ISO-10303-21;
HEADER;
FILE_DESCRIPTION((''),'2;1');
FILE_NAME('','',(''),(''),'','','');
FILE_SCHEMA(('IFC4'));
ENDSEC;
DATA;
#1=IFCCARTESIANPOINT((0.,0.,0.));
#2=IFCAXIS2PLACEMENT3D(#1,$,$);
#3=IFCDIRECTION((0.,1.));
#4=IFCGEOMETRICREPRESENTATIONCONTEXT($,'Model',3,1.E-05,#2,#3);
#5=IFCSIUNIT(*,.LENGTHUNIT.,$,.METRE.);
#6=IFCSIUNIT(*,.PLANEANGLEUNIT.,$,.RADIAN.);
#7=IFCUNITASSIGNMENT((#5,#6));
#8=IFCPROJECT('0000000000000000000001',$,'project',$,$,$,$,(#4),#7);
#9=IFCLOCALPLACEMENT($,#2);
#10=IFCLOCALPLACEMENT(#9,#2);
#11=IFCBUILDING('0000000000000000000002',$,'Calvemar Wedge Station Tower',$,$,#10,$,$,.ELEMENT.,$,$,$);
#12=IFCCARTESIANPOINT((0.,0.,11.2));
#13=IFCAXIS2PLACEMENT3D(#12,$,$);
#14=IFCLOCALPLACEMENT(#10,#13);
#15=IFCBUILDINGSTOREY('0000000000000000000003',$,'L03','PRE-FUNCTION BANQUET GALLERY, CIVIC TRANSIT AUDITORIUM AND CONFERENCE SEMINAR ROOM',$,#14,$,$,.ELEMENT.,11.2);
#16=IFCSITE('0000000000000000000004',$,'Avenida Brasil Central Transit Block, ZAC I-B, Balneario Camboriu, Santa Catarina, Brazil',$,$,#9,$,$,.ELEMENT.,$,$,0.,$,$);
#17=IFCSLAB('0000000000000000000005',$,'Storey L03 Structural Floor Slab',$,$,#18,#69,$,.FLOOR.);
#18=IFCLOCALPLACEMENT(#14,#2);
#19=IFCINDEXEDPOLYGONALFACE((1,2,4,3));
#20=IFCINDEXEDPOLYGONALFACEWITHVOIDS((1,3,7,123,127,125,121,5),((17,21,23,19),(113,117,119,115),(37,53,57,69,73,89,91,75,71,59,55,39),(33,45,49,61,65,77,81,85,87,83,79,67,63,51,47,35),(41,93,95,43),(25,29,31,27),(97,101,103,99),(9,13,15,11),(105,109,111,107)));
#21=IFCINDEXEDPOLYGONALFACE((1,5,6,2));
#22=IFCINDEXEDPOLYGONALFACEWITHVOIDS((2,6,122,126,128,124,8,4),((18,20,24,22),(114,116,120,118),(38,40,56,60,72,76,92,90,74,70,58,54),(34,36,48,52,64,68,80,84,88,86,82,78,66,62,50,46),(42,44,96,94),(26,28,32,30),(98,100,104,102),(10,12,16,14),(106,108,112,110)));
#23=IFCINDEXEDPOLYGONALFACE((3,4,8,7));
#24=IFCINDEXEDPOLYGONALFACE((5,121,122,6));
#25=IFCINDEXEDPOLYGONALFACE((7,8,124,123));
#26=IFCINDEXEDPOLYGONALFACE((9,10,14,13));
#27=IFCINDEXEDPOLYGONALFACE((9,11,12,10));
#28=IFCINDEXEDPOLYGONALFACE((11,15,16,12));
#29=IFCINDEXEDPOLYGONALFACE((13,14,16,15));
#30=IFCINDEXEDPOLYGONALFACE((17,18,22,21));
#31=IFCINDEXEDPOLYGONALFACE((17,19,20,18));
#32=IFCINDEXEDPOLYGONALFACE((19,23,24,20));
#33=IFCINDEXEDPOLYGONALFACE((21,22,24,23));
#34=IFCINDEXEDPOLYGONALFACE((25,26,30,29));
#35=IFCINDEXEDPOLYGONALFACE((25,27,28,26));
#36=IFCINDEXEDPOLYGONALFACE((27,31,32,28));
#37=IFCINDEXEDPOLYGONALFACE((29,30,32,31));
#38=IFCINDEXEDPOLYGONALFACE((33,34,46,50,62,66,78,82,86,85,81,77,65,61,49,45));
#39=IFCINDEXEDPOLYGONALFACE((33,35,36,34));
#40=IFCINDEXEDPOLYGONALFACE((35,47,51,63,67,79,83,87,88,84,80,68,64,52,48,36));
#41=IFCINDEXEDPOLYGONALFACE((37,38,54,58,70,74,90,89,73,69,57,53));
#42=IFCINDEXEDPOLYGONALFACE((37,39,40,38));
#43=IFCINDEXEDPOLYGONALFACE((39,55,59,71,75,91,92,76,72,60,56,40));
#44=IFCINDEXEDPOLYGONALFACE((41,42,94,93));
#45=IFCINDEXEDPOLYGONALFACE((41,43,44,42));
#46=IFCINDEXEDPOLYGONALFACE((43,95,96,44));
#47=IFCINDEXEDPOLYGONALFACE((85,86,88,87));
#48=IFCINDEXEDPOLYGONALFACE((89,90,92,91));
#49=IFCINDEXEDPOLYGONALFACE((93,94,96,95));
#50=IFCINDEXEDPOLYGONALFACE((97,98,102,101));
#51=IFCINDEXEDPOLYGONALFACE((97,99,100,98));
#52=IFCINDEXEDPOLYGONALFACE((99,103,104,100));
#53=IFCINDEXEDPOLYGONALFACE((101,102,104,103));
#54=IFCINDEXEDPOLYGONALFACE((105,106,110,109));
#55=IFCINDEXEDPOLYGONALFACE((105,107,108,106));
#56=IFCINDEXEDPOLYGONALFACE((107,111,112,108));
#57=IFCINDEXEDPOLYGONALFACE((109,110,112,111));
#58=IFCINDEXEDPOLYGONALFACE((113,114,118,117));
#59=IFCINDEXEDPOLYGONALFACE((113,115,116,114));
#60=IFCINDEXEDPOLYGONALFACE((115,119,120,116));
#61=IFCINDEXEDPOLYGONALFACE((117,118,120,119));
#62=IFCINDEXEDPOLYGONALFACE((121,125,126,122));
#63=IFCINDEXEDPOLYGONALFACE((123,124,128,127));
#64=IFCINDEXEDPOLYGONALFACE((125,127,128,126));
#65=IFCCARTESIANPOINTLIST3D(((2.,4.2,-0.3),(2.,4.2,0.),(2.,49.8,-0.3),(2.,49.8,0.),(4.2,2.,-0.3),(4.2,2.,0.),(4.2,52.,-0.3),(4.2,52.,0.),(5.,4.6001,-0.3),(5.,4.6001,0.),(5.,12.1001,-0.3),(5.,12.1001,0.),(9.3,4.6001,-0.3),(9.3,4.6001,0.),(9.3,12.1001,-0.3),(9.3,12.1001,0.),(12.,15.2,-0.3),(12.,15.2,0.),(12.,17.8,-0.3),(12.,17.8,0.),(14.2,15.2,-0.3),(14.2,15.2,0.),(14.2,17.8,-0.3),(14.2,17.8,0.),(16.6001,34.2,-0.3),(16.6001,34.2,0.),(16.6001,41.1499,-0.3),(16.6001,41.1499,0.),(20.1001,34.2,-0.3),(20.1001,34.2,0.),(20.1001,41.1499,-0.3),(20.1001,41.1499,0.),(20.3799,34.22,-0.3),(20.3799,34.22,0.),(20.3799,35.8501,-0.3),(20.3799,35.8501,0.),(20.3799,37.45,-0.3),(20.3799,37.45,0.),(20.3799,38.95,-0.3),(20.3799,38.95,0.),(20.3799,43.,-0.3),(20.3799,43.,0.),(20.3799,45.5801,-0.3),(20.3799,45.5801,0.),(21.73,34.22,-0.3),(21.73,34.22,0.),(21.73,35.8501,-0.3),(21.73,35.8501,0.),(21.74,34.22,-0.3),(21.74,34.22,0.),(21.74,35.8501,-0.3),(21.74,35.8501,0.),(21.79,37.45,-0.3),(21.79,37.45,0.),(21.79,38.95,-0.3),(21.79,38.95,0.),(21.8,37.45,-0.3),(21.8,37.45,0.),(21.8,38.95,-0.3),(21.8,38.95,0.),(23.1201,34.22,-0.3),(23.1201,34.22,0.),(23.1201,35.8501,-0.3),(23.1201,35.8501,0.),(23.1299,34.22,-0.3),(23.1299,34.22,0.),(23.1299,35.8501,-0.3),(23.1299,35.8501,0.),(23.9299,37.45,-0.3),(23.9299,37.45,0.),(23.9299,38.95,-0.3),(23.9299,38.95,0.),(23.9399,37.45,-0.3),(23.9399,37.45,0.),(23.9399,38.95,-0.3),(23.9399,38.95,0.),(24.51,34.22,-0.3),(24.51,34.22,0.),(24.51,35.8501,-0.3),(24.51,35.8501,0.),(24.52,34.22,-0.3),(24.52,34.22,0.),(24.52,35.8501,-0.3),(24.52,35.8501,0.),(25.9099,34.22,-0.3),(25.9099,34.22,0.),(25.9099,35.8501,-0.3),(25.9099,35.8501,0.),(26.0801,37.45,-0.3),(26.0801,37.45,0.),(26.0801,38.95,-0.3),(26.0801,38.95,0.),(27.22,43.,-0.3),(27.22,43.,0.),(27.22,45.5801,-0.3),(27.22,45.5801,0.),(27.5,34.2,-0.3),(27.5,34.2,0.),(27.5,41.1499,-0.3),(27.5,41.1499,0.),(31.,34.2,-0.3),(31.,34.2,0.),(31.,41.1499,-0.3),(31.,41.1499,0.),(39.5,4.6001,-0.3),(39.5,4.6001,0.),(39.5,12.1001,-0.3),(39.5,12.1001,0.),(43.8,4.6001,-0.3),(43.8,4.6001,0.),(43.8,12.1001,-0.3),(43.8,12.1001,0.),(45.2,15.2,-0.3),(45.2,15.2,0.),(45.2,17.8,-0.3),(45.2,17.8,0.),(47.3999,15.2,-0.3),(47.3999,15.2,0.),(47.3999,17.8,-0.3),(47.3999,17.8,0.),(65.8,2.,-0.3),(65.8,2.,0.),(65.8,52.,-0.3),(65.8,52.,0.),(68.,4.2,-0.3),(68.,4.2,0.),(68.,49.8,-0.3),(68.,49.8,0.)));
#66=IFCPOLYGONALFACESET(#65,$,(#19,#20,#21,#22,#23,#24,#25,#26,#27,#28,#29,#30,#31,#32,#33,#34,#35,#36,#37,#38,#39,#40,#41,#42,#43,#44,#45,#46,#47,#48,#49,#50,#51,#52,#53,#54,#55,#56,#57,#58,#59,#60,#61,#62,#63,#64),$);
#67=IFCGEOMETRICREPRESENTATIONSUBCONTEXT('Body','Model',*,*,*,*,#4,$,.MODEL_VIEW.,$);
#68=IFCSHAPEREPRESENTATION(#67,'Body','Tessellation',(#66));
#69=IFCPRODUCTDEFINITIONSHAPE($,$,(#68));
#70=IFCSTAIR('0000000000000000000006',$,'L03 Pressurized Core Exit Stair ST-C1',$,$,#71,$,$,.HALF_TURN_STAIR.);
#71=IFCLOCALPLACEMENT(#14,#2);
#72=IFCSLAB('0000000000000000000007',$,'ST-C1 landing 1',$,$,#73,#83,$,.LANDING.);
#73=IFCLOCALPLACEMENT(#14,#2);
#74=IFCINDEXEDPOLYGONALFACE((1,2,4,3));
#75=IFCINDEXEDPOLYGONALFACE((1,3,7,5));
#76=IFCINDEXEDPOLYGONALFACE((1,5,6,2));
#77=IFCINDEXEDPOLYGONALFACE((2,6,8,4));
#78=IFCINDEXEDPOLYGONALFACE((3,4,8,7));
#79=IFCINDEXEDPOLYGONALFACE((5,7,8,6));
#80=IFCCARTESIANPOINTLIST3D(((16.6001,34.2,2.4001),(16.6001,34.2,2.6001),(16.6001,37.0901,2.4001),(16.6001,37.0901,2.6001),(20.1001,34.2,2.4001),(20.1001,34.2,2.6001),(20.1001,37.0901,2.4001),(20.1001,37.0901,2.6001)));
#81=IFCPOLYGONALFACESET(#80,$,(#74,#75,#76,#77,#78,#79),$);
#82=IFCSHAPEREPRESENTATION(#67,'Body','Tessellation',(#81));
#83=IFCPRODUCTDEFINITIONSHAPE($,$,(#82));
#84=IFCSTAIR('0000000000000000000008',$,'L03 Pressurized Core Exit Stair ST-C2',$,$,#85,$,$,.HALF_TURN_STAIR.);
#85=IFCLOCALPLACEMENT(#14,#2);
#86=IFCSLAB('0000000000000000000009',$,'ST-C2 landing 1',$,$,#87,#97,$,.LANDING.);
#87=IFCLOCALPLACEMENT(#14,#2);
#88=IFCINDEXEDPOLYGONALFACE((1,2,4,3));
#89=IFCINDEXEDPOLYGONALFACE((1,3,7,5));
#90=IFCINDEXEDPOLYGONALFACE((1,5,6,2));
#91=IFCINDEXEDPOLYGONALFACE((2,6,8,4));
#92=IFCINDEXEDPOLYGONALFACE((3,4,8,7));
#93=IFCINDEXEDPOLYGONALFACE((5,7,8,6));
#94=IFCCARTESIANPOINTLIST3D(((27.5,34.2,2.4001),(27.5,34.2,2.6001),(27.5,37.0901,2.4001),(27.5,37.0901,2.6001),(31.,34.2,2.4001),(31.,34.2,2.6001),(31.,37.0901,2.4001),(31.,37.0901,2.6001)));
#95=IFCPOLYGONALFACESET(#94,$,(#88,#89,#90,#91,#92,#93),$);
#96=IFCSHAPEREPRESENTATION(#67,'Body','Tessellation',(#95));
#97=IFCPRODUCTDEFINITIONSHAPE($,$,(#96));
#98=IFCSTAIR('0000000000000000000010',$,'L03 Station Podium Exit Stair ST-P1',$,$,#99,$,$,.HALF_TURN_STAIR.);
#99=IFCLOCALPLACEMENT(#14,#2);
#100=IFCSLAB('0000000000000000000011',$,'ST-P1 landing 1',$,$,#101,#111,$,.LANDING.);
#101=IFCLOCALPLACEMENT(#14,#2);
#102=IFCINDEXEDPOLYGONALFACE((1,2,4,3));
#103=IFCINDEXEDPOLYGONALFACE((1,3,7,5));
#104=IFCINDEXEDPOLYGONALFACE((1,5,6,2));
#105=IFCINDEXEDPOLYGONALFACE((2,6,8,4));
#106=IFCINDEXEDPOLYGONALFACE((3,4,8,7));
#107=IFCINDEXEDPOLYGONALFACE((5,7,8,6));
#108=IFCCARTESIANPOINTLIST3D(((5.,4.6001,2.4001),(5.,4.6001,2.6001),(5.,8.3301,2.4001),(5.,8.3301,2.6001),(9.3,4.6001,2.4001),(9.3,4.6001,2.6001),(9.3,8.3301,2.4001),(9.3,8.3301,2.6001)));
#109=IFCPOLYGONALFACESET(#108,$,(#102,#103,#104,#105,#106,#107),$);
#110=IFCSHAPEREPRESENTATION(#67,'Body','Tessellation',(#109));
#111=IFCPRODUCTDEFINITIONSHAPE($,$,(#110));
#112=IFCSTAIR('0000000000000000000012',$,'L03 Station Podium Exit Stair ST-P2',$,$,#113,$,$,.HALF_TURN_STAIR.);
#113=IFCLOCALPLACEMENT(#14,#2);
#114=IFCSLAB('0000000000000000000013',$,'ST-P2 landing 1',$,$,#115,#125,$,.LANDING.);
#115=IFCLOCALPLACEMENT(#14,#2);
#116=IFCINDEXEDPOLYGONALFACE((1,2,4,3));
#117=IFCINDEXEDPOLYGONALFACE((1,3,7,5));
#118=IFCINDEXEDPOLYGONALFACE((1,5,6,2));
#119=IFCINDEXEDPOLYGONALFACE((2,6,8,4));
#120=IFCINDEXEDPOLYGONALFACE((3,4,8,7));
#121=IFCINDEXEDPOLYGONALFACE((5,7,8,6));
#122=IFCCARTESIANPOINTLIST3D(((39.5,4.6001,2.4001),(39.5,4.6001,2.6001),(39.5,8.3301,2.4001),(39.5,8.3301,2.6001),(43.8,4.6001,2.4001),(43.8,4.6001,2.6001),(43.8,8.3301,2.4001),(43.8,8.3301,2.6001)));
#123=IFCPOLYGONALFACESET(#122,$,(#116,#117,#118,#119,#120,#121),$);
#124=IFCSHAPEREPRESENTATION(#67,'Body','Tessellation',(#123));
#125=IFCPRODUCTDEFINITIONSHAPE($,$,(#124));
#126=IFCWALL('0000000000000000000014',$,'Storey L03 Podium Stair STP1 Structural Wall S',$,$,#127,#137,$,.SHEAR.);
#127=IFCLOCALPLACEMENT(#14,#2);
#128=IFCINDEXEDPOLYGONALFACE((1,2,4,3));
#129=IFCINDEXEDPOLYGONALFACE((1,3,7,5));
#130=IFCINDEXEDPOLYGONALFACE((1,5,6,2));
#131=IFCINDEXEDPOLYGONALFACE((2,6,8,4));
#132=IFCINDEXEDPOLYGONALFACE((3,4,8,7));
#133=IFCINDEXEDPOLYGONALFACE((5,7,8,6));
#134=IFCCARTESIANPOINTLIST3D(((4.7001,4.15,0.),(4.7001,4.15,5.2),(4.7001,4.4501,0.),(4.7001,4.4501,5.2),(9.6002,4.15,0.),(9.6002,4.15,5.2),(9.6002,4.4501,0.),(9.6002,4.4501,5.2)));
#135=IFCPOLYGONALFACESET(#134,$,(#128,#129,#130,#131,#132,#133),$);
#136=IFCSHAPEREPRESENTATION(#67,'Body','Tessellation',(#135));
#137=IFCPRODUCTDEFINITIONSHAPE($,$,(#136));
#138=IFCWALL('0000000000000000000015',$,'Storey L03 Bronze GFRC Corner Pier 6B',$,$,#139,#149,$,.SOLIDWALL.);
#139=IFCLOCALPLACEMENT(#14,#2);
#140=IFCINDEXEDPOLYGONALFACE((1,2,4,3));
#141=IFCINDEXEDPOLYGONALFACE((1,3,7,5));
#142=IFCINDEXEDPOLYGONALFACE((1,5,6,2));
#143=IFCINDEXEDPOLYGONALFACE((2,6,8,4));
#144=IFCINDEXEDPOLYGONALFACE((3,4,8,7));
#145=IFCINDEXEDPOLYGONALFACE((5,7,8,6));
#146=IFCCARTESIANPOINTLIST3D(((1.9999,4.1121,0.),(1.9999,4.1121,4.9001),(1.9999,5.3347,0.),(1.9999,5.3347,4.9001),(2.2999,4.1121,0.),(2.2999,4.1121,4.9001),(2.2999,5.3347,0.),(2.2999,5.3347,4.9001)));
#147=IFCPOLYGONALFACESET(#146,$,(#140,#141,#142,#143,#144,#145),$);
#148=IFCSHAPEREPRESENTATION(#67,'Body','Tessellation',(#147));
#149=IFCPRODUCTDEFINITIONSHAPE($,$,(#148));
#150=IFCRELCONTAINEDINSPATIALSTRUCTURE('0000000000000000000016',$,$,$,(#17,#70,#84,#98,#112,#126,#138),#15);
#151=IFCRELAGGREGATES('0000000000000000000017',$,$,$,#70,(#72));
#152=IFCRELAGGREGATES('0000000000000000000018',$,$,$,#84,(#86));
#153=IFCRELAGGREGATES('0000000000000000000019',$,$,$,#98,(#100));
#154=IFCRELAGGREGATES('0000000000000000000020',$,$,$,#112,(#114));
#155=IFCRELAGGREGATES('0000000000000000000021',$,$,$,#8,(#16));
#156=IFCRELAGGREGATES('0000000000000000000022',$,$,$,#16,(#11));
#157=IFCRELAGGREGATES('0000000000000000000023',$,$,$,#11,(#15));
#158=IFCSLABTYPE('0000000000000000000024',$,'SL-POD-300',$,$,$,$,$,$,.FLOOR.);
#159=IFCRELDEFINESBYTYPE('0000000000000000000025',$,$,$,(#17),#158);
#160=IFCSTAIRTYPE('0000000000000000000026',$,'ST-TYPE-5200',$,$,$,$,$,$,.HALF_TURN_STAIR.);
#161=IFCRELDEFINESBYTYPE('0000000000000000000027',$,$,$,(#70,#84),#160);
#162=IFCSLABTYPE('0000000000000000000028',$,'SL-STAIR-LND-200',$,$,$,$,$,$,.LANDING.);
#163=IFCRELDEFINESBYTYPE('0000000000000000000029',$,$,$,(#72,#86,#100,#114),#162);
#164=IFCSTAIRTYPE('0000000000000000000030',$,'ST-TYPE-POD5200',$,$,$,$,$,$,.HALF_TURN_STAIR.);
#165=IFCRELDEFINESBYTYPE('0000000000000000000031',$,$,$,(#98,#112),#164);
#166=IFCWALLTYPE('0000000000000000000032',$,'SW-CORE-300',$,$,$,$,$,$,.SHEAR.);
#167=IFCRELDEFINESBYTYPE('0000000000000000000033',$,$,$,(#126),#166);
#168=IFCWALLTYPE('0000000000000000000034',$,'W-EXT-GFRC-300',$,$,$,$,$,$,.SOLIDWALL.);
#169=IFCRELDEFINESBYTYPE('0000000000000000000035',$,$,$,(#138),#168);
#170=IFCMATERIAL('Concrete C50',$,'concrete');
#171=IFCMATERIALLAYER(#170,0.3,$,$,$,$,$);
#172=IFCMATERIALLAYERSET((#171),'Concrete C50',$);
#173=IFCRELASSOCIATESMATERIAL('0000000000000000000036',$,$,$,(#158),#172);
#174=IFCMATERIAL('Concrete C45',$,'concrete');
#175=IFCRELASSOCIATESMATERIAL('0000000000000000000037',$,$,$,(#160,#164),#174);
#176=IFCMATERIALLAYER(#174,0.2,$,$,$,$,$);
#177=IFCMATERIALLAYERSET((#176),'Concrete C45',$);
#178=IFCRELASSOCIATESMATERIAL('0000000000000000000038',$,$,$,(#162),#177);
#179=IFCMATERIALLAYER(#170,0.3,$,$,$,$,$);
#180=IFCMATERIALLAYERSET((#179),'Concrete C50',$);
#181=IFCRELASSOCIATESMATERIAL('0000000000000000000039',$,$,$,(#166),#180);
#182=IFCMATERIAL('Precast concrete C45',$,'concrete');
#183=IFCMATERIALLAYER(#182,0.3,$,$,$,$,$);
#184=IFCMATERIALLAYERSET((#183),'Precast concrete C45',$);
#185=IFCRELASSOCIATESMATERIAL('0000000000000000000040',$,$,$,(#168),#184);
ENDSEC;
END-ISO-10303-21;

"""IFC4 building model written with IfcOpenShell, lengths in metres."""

from ifc_helpers import new_model, si_unit, direction, frame, frame_2d, origin, place, context, subcontext, project, spatial, polyline, rectangle, outline, extrude, material, layer, layer_set, type_object, element, aggregate, save


model = new_model("IFC4")

# Units and contexts
model_context = context("Model", 3, precision=1e-05, world=origin(), true_north=direction((0.0, 1.0)))
body_context = subcontext(model_context, "Body", "Model", "MODEL_VIEW")
ifc_project = project(units=[si_unit("LENGTHUNIT", "METRE"), si_unit("PLANEANGLEUNIT", "RADIAN")], contexts=[model_context])

# Site, building, storey
site_placement = place(None, origin())
site = spatial("IfcSite", under=ifc_project, at=site_placement, Name="Avenida Brasil Central Transit Block, ZAC I-B, Balneario Camboriu, Santa Catarina, Brazil", CompositionType="ELEMENT", RefElevation=0.0)
building_placement = place(site_placement, origin())
building = spatial("IfcBuilding", under=site, at=building_placement, Name="Calvemar Wedge Station Tower", CompositionType="ELEMENT")
storey_placement = place(building_placement, frame((0.0, 0.0, 11.2)))
storey = spatial("IfcBuildingStorey", under=building, at=storey_placement, Name="L03", Description="PRE-FUNCTION BANQUET GALLERY, CIVIC TRANSIT AUDITORIUM AND CONFERENCE SEMINAR ROOM", CompositionType="ELEMENT", Elevation=11.2)

# Shared definitions
ifc_material_1 = material(Name="Concrete C50", Category="concrete")

# Slab
ifc_layer_1 = layer(ifc_material_1, 0.3)
ifc_layer_set_1 = layer_set([ifc_layer_1], Name="Concrete C50")
slab_type_1 = type_object("IfcSlabType", Name="SL-POD-300", PredefinedType="FLOOR", material=ifc_layer_set_1)
slab_1_placement = place(storey_placement, frame((0.0, 0.0, -0.3)))
element("IfcSlab", 1, at=slab_1_placement, inside=storey, type_object=slab_type_1, Name="Storey L03 Structural Floor Slab", PredefinedType="FLOOR", context=body_context, shape_type="SweptSolid", body=[
    extrude(outline(polyline([(4.2, 2.0), (65.8, 2.0), (68.0, 4.2), (68.0, 49.8), (65.8, 52.0), (4.2, 52.0), (2.0, 49.8), (2.0, 4.2), (4.2, 2.0)]), holes=[polyline([(5.0, 4.6001), (9.3, 4.6001), (9.3, 12.1001), (5.0, 12.1001), (5.0, 4.6001)]), polyline([(12.0, 15.2), (14.2, 15.2), (14.2, 17.8), (12.0, 17.8), (12.0, 15.2)]), polyline([(21.73, 34.22), (21.74, 34.22), (23.1201, 34.22), (23.1299, 34.22), (24.51, 34.22), (24.52, 34.22), (25.9099, 34.22), (25.9099, 35.8501), (24.52, 35.8501), (24.51, 35.8501), (23.1299, 35.8501), (23.1201, 35.8501), (21.74, 35.8501), (21.73, 35.8501), (20.3799, 35.8501), (20.3799, 34.22), (21.73, 34.22)]), polyline([(16.6001, 41.1499), (16.6001, 34.2), (20.1001, 34.2), (20.1001, 41.1499), (16.6001, 41.1499)]), polyline([(23.9399, 37.45), (26.0801, 37.45), (26.0801, 38.95), (23.9399, 38.95), (23.9299, 38.95), (21.8, 38.95), (21.79, 38.95), (20.3799, 38.95), (20.3799, 37.45), (21.79, 37.45), (21.8, 37.45), (23.9299, 37.45), (23.9399, 37.45)]), polyline([(39.5, 4.6001), (43.8, 4.6001), (43.8, 12.1001), (39.5, 12.1001), (39.5, 4.6001)]), polyline([(45.2, 15.2), (47.3999, 15.2), (47.3999, 17.8), (45.2, 17.8), (45.2, 15.2)]), polyline([(27.5, 41.1499), (27.5, 34.2), (31.0, 34.2), (31.0, 41.1499), (27.5, 41.1499)]), polyline([(20.3799, 43.0), (27.22, 43.0), (27.22, 45.5801), (20.3799, 45.5801), (20.3799, 43.0)])]), origin(), (0.0, 0.0, 1.0), 0.3),
])

# Stairs, slabs
ifc_material_2 = material(Name="Concrete C45", Category="concrete")
stair_type_1 = type_object("IfcStairType", Name="ST-TYPE-5200", PredefinedType="HALF_TURN_STAIR", material=ifc_material_2)
stair_1_placement = place(storey_placement, origin())
stair_1 = element("IfcStair", 2, at=stair_1_placement, inside=storey, type_object=stair_type_1, Name="L03 Pressurized Core Exit Stair ST-C1", PredefinedType="HALF_TURN_STAIR")
ifc_layer_2 = layer(ifc_material_2, 0.2)
ifc_layer_set_2 = layer_set([ifc_layer_2], Name="Concrete C45")
slab_type_2 = type_object("IfcSlabType", Name="SL-STAIR-LND-200", PredefinedType="LANDING", material=ifc_layer_set_2)
slab_2_placement = place(storey_placement, frame((0.0, 0.0, 2.4001)))
slab_2 = element("IfcSlab", 3, at=slab_2_placement, type_object=slab_type_2, Name="ST-C1 landing 1", PredefinedType="LANDING", context=body_context, shape_type="SweptSolid", body=[
    extrude(outline(polyline([(16.6001, 37.0901), (16.6001, 34.2), (20.1001, 34.2), (20.1001, 37.0901), (16.6001, 37.0901)])), origin(), (0.0, 0.0, 1.0), 0.2),
])
aggregate(stair_1, [slab_2])
stair_2_placement = place(storey_placement, origin())
stair_2 = element("IfcStair", 4, at=stair_2_placement, inside=storey, type_object=stair_type_1, Name="L03 Pressurized Core Exit Stair ST-C2", PredefinedType="HALF_TURN_STAIR")
slab_3_placement = place(storey_placement, frame((0.0, 0.0, 2.4001)))
slab_3 = element("IfcSlab", 5, at=slab_3_placement, type_object=slab_type_2, Name="ST-C2 landing 1", PredefinedType="LANDING", context=body_context, shape_type="SweptSolid", body=[
    extrude(outline(polyline([(27.5, 37.0901), (27.5, 34.2), (31.0, 34.2), (31.0, 37.0901), (27.5, 37.0901)])), origin(), (0.0, 0.0, 1.0), 0.2),
])
aggregate(stair_2, [slab_3])
stair_type_2 = type_object("IfcStairType", Name="ST-TYPE-POD5200", PredefinedType="HALF_TURN_STAIR", material=ifc_material_2)
stair_3_placement = place(storey_placement, origin())
stair_3 = element("IfcStair", 6, at=stair_3_placement, inside=storey, type_object=stair_type_2, Name="L03 Station Podium Exit Stair ST-P1", PredefinedType="HALF_TURN_STAIR")
slab_4_placement = place(storey_placement, frame((0.0, 0.0, 2.4001)))
slab_4 = element("IfcSlab", 7, at=slab_4_placement, type_object=slab_type_2, Name="ST-P1 landing 1", PredefinedType="LANDING", context=body_context, shape_type="SweptSolid", body=[
    extrude(outline(polyline([(5.0, 8.3301), (5.0, 4.6001), (9.3, 4.6001), (9.3, 8.3301), (5.0, 8.3301)])), origin(), (0.0, 0.0, 1.0), 0.2),
])
aggregate(stair_3, [slab_4])
stair_4_placement = place(storey_placement, origin())
stair_4 = element("IfcStair", 8, at=stair_4_placement, inside=storey, type_object=stair_type_2, Name="L03 Station Podium Exit Stair ST-P2", PredefinedType="HALF_TURN_STAIR")
slab_5_placement = place(storey_placement, frame((0.0, 0.0, 2.4001)))
slab_5 = element("IfcSlab", 9, at=slab_5_placement, type_object=slab_type_2, Name="ST-P2 landing 1", PredefinedType="LANDING", context=body_context, shape_type="SweptSolid", body=[
    extrude(outline(polyline([(39.5, 8.3301), (39.5, 4.6001), (43.8, 4.6001), (43.8, 8.3301), (39.5, 8.3301)])), origin(), (0.0, 0.0, 1.0), 0.2),
])
aggregate(stair_4, [slab_5])

# Wall
ifc_layer_3 = layer(ifc_material_1, 0.3)
ifc_layer_set_3 = layer_set([ifc_layer_3], Name="Concrete C50")
wall_type_1 = type_object("IfcWallType", Name="SW-CORE-300", PredefinedType="SHEAR", material=ifc_layer_set_3)
wall_1_placement = place(storey_placement, frame((4.7, 4.3, 0.0), z_axis=(0.0, 0.0, 1.0), x_axis=(1.0, 0.0, 0.0)))
element("IfcWall", 10, at=wall_1_placement, inside=storey, type_object=wall_type_1, Name="Storey L03 Podium Stair STP1 Structural Wall S", PredefinedType="SHEAR", context=body_context, shape_type="SweptSolid", body=[
    extrude(rectangle(XDim=4.9001, YDim=0.3, at=frame_2d((2.4502, 0.0))), origin(), (0.0, 0.0, 1.0), 5.2),
])

# Wall
ifc_material_3 = material(Name="Precast concrete C45", Category="concrete")
ifc_layer_4 = layer(ifc_material_3, 0.3)
ifc_layer_set_4 = layer_set([ifc_layer_4], Name="Precast concrete C45")
wall_type_2 = type_object("IfcWallType", Name="W-EXT-GFRC-300", PredefinedType="SOLIDWALL", material=ifc_layer_set_4)
wall_2_placement = place(storey_placement, frame((2.1499, 5.3347, 0.0), z_axis=(0.0, 0.0, 1.0), x_axis=(0.0, -1.0, 0.0)))
element("IfcWall", 11, at=wall_2_placement, inside=storey, type_object=wall_type_2, Name="Storey L03 Bronze GFRC Corner Pier 6B", PredefinedType="SOLIDWALL", context=body_context, shape_type="SweptSolid", body=[
    extrude(rectangle(XDim=1.2227, YDim=0.3, at=frame_2d((0.6113, 0.0))), origin(), (0.0, 0.0, 1.0), 4.9001),
])

save(model, "model.ifc")
